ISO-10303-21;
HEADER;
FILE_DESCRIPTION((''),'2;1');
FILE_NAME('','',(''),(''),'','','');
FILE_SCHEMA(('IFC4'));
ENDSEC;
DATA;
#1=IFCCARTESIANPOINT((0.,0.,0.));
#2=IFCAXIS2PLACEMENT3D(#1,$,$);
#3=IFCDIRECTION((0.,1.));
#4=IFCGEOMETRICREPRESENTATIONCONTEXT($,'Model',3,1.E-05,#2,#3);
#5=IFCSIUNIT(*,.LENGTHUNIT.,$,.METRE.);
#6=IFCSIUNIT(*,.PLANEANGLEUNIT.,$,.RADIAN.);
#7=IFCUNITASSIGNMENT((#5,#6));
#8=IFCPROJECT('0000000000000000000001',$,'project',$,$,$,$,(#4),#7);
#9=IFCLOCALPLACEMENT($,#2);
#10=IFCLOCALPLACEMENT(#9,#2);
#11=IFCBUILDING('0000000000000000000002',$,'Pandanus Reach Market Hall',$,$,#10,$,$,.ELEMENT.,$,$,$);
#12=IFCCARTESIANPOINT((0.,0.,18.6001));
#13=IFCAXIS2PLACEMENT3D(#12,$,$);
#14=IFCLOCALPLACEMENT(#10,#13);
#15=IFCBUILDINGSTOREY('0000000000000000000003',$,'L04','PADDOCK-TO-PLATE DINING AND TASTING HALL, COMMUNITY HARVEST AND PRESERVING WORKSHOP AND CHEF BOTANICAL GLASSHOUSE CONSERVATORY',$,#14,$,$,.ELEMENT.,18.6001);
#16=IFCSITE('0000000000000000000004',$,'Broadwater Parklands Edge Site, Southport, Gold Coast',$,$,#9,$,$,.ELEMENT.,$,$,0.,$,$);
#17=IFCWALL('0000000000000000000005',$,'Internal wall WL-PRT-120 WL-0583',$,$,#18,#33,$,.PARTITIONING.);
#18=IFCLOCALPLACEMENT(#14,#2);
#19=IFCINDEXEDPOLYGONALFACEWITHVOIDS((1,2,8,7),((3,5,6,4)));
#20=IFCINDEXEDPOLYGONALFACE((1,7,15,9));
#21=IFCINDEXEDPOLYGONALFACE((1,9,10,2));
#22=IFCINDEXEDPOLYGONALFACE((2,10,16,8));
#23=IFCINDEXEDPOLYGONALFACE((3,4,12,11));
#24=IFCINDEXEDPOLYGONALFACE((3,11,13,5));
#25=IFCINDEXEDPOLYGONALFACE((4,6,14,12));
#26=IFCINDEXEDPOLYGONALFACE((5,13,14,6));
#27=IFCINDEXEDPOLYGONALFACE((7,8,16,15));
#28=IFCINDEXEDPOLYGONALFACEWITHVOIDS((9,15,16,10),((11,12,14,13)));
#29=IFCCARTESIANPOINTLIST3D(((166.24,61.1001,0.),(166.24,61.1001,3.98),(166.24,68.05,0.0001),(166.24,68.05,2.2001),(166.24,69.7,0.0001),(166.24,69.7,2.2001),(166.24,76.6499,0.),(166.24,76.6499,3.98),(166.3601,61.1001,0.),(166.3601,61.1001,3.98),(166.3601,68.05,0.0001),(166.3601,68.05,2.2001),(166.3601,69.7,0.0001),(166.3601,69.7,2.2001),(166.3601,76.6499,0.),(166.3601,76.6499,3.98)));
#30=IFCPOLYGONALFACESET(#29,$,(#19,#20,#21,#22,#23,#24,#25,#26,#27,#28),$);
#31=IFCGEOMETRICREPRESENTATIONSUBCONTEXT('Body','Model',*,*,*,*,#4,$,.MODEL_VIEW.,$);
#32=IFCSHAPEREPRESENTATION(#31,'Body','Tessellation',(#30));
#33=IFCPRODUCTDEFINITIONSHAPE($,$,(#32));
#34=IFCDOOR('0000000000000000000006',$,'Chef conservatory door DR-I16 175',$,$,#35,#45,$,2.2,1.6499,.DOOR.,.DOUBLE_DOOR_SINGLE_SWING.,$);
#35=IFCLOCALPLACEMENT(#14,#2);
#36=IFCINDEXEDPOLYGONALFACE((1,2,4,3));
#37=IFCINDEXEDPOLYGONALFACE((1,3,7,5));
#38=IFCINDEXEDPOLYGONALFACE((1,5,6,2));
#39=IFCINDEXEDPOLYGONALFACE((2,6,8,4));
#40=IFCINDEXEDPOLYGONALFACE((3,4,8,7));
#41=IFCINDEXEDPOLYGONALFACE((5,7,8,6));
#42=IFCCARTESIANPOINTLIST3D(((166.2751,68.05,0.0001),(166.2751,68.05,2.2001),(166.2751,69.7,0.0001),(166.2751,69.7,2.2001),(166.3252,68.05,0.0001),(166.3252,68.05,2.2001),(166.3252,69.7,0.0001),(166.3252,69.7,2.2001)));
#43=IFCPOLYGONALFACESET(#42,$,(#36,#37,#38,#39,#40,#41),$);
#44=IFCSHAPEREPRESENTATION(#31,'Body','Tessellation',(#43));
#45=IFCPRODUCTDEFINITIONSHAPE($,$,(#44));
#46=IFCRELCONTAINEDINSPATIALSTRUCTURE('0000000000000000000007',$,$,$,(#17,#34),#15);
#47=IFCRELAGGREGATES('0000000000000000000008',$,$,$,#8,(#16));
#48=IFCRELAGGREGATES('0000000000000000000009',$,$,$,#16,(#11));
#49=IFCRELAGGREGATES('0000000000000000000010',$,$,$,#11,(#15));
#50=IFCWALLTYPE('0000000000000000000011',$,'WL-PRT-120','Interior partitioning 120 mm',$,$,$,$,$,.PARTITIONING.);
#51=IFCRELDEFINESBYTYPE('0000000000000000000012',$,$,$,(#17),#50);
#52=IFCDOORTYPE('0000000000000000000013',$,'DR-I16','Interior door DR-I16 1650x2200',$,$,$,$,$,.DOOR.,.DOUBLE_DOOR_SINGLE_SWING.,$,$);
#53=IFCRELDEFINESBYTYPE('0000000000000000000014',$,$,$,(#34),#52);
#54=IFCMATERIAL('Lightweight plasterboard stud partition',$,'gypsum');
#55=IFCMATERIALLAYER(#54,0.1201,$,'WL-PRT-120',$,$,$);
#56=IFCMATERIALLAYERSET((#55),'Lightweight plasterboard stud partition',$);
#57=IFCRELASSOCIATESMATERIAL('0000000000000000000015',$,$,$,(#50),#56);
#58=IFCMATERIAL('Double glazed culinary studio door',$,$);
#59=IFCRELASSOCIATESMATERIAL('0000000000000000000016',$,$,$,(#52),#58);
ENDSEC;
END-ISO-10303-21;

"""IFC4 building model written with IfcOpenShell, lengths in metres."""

from ifc_helpers import new_model, si_unit, direction, frame, frame_2d, origin, place, context, subcontext, project, spatial, rectangle, extrude, material, layer, layer_set, type_object, element, fill, save


model = new_model("IFC4")

# Units and contexts
model_context = context("Model", 3, precision=1e-05, world=origin(), true_north=direction((0.0, 1.0)))
body_context = subcontext(model_context, "Body", "Model", "MODEL_VIEW")
ifc_project = project(units=[si_unit("LENGTHUNIT", "METRE"), si_unit("PLANEANGLEUNIT", "RADIAN")], contexts=[model_context])

# Site, building, storey
site_placement = place(None, origin())
site = spatial("IfcSite", under=ifc_project, at=site_placement, Name="Broadwater Parklands Edge Site, Southport, Gold Coast", CompositionType="ELEMENT", RefElevation=0.0)
building_placement = place(site_placement, origin())
building = spatial("IfcBuilding", under=site, at=building_placement, Name="Pandanus Reach Market Hall", CompositionType="ELEMENT")
storey_placement = place(building_placement, frame((0.0, 0.0, 18.6001)))
storey = spatial("IfcBuildingStorey", under=building, at=storey_placement, Name="L04", Description="PADDOCK-TO-PLATE DINING AND TASTING HALL, COMMUNITY HARVEST AND PRESERVING WORKSHOP AND CHEF BOTANICAL GLASSHOUSE CONSERVATORY", CompositionType="ELEMENT", Elevation=18.6001)

# Wall, opening, door
ifc_material_1 = material(Name="Lightweight plasterboard stud partition", Category="gypsum")
ifc_layer_1 = layer(ifc_material_1, 0.1201, Name="WL-PRT-120")
ifc_layer_set_1 = layer_set([ifc_layer_1], Name="Lightweight plasterboard stud partition")
wall_type = type_object("IfcWallType", Name="WL-PRT-120", Description="Interior partitioning 120 mm", PredefinedType="PARTITIONING", material=ifc_layer_set_1)
wall_placement = place(storey_placement, frame((166.3, 61.1001, 0.0), z_axis=(0.0, 0.0, 1.0), x_axis=(0.0, 1.0, 0.0)))
wall = element("IfcWall", 1, at=wall_placement, inside=storey, type_object=wall_type, Name="Internal wall WL-PRT-120 WL-0583", PredefinedType="PARTITIONING", context=body_context, shape_type="SweptSolid", body=[
    extrude(rectangle(XDim=15.5498, YDim=0.1201, at=frame_2d((7.7749, 0.0))), origin(), (0.0, 0.0, 1.0), 3.98),
])
opening_placement = place(wall_placement, frame((6.95, 0.0, 0.0)))
opening = element("IfcOpeningElement", 2, at=opening_placement, cuts=wall, PredefinedType="OPENING", context=body_context, shape_type="SweptSolid", body=[
    extrude(rectangle(XDim=1.6499, YDim=2.2, at=frame_2d((0.825, 1.1001))), frame((0.0, 0.075, 0.0), z_axis=(0.0, -1.0, 0.0), x_axis=(1.0, 0.0, 0.0)), (0.0, 0.0, 1.0), 0.1501),
])
ifc_material_2 = material(Name="Double glazed culinary studio door")
door_type = type_object("IfcDoorType", Name="DR-I16", Description="Interior door DR-I16 1650x2200", OperationType="DOUBLE_DOOR_SINGLE_SWING", PredefinedType="DOOR", material=ifc_material_2)
door_placement = place(opening_placement, origin())
door = element("IfcDoor", 3, at=door_placement, inside=storey, type_object=door_type, Name="Chef conservatory door DR-I16 175", OperationType="DOUBLE_DOOR_SINGLE_SWING", OverallHeight=2.2, OverallWidth=1.6499, PredefinedType="DOOR", context=body_context, shape_type="SweptSolid", body=[
    extrude(rectangle(XDim=1.6499, YDim=2.2, at=frame_2d((0.825, 1.1001))), frame((0.0, 0.0249, 0.0), z_axis=(0.0, -1.0, 0.0), x_axis=(1.0, 0.0, 0.0)), (0.0, 0.0, 1.0), 0.05),
])
fill(opening, door)

save(model, "model.ifc")
